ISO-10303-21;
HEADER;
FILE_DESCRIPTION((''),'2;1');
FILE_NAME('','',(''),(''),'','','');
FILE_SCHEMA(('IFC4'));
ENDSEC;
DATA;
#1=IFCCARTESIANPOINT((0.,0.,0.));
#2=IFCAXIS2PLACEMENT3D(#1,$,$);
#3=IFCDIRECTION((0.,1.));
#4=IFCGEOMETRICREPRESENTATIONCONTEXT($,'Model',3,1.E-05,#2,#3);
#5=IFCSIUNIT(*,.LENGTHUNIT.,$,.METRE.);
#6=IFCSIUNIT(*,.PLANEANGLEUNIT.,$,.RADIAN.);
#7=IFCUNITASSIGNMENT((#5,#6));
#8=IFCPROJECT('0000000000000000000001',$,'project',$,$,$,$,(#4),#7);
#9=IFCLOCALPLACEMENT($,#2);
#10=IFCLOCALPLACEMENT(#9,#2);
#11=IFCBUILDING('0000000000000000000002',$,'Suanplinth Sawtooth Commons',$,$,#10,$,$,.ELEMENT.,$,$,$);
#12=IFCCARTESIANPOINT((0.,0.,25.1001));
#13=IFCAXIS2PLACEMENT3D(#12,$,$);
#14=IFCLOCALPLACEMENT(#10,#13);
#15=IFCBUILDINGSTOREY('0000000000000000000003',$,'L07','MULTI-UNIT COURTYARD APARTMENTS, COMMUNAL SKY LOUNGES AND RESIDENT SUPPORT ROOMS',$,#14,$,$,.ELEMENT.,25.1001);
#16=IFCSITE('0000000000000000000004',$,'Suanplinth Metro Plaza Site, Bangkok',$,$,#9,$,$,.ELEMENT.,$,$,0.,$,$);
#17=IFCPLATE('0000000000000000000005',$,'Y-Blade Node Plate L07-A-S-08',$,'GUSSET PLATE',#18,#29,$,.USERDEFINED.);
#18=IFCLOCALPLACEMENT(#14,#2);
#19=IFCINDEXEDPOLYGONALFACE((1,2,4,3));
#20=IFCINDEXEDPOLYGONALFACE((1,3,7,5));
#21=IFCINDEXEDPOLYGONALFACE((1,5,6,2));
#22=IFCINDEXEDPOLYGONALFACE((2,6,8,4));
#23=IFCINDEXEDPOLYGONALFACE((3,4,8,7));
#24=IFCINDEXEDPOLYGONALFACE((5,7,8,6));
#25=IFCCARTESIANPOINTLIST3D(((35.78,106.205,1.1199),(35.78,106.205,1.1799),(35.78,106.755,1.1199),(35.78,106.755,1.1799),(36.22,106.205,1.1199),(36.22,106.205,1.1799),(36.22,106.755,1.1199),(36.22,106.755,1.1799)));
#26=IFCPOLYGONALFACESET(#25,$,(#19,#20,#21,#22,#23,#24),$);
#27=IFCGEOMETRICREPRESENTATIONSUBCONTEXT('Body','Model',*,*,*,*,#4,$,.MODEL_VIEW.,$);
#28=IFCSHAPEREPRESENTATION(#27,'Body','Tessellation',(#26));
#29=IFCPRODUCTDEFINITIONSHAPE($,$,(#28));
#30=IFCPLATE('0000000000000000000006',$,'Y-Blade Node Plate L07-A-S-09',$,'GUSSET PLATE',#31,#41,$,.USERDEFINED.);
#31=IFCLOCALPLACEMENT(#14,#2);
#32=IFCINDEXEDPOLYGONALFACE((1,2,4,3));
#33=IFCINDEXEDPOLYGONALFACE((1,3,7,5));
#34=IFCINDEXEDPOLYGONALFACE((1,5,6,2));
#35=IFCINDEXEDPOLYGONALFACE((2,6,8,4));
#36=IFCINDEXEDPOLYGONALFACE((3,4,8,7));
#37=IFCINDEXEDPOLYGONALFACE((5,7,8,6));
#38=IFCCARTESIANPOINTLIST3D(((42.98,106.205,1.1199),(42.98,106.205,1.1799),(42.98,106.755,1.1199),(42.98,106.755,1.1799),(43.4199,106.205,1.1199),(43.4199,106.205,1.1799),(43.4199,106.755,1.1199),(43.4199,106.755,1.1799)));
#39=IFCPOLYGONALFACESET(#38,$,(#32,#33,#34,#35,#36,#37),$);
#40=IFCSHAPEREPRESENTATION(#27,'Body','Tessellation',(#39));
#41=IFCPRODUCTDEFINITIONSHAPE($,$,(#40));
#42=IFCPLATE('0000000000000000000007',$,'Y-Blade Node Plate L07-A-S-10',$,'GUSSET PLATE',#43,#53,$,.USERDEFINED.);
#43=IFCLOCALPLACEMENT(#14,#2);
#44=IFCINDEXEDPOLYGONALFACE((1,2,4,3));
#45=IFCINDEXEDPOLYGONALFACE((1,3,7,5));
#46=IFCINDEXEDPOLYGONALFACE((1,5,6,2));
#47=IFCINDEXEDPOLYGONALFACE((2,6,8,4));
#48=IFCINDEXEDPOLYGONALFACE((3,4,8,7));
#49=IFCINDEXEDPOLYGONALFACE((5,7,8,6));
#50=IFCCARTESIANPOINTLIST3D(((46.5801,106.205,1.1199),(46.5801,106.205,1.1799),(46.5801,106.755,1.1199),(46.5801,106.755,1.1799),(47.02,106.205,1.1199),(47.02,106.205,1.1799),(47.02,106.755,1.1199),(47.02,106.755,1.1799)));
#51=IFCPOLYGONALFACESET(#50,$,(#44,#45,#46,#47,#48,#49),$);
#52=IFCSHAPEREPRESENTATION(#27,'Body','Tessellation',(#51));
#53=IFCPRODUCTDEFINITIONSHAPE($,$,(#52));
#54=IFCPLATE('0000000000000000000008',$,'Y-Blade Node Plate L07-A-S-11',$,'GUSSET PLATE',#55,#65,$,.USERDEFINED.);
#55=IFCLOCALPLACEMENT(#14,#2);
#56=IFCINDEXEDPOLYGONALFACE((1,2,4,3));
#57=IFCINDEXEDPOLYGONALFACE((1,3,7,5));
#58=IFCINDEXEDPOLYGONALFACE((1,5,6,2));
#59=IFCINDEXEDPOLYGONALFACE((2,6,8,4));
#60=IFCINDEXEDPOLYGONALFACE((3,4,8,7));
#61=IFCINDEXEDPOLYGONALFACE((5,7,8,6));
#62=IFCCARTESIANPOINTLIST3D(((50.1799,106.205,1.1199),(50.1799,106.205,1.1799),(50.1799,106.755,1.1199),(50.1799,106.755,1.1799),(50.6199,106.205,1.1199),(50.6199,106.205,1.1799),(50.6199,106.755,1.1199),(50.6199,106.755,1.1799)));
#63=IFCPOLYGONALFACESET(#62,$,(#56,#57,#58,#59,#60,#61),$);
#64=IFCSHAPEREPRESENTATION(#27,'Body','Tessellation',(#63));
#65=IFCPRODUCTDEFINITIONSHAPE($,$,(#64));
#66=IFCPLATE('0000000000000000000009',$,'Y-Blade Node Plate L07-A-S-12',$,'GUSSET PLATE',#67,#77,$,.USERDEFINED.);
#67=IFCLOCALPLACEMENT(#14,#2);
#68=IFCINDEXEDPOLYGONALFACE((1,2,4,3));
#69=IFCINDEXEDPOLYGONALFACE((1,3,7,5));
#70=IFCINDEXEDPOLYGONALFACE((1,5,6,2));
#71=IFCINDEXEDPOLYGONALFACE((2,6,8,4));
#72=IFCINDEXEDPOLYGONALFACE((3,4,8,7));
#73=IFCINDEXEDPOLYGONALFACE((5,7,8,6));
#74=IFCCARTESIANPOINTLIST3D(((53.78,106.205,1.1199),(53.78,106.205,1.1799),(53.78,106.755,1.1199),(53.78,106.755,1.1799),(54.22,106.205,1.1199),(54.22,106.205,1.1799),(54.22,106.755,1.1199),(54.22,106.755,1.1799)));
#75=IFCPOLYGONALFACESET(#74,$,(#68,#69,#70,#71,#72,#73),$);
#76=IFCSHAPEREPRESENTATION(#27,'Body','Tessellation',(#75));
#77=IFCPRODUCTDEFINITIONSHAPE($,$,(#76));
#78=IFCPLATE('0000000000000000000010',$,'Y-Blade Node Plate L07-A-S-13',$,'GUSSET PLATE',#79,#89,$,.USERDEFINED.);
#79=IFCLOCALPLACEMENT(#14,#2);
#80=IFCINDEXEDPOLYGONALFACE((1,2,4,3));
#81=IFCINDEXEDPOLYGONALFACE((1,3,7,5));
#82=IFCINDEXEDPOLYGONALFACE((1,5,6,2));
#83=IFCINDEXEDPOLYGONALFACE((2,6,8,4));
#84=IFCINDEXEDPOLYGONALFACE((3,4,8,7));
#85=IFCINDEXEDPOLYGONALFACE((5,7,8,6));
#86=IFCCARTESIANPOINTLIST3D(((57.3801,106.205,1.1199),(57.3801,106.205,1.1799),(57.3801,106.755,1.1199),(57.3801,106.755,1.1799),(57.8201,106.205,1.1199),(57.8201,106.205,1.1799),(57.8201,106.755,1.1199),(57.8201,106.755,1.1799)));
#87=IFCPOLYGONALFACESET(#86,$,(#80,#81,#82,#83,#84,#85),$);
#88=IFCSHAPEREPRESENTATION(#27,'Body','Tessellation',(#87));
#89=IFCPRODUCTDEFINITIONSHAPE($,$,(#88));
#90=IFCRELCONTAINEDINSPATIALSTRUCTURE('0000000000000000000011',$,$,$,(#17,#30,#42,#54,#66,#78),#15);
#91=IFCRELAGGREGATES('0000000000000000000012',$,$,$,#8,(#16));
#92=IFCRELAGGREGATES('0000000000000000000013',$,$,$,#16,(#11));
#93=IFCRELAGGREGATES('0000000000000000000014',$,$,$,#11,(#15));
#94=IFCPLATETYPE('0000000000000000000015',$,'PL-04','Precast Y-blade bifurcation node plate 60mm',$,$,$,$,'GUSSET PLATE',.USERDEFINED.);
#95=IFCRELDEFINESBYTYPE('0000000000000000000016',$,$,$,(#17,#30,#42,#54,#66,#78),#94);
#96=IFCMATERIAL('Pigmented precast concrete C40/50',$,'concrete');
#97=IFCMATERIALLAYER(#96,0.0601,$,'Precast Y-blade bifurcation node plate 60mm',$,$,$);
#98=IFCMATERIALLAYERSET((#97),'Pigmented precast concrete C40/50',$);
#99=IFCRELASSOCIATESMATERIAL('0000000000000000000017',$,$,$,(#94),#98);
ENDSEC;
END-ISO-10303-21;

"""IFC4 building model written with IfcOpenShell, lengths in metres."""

from ifc_helpers import new_model, si_unit, direction, frame, origin, origin_2d, place, context, subcontext, project, spatial, rectangle, extrude, material, layer, layer_set, type_object, element, save


model = new_model("IFC4")

# Units and contexts
model_context = context("Model", 3, precision=1e-05, world=origin(), true_north=direction((0.0, 1.0)))
body_context = subcontext(model_context, "Body", "Model", "MODEL_VIEW")
ifc_project = project(units=[si_unit("LENGTHUNIT", "METRE"), si_unit("PLANEANGLEUNIT", "RADIAN")], contexts=[model_context])

# Site, building, storey
site_placement = place(None, origin())
site = spatial("IfcSite", under=ifc_project, at=site_placement, Name="Suanplinth Metro Plaza Site, Bangkok", CompositionType="ELEMENT", RefElevation=0.0)
building_placement = place(site_placement, origin())
building = spatial("IfcBuilding", under=site, at=building_placement, Name="Suanplinth Sawtooth Commons", CompositionType="ELEMENT")
storey_placement = place(building_placement, frame((0.0, 0.0, 25.1001)))
storey = spatial("IfcBuildingStorey", under=building, at=storey_placement, Name="L07", Description="MULTI-UNIT COURTYARD APARTMENTS, COMMUNAL SKY LOUNGES AND RESIDENT SUPPORT ROOMS", CompositionType="ELEMENT", Elevation=25.1001)

# Shared definitions
ifc_material = material(Name="Pigmented precast concrete C40/50", Category="concrete")

# Plates
ifc_layer = layer(ifc_material, 0.0601, Name="Precast Y-blade bifurcation node plate 60mm")
ifc_layer_set = layer_set([ifc_layer], Name="Pigmented precast concrete C40/50")
plate_type = type_object("IfcPlateType", Name="PL-04", Description="Precast Y-blade bifurcation node plate 60mm", ElementType="GUSSET PLATE", PredefinedType="USERDEFINED", material=ifc_layer_set)
for number, where, z_axis, x_axis, name in (
    (1, (36.0, 106.48, 1.1199), (0.0, 0.0, 1.0), (1.0, 0.0, 0.0), "Y-Blade Node Plate L07-A-S-08"),
    (2, (43.2, 106.48, 1.1199), (0.0, 0.0, 1.0), (1.0, 0.0, 0.0), "Y-Blade Node Plate L07-A-S-09"),
    (3, (46.8, 106.48, 1.1199), (0.0, 0.0, 1.0), (1.0, 0.0, 0.0), "Y-Blade Node Plate L07-A-S-10"),
    (4, (50.3999, 106.48, 1.1199), (0.0, 0.0, 1.0), (1.0, 0.0, 0.0), "Y-Blade Node Plate L07-A-S-11"),
    (5, (54.0, 106.48, 1.1199), (0.0, 0.0, 1.0), (1.0, 0.0, 0.0), "Y-Blade Node Plate L07-A-S-12"),
    (6, (57.6001, 106.48, 1.1199), (0.0, 0.0, 1.0), (1.0, 0.0, 0.0), "Y-Blade Node Plate L07-A-S-13"),
):
    element("IfcPlate", number, at=place(storey_placement, frame(where, z_axis=z_axis, x_axis=x_axis)), inside=storey, type_object=plate_type, Name=name, ObjectType="GUSSET PLATE", PredefinedType="USERDEFINED", context=body_context, shape_type="SweptSolid", body=[
        extrude(rectangle(XDim=0.4399, YDim=0.55, at=origin_2d()), origin(), (0.0, 0.0, 1.0), 0.0601),
    ])

save(model, "model.ifc")
